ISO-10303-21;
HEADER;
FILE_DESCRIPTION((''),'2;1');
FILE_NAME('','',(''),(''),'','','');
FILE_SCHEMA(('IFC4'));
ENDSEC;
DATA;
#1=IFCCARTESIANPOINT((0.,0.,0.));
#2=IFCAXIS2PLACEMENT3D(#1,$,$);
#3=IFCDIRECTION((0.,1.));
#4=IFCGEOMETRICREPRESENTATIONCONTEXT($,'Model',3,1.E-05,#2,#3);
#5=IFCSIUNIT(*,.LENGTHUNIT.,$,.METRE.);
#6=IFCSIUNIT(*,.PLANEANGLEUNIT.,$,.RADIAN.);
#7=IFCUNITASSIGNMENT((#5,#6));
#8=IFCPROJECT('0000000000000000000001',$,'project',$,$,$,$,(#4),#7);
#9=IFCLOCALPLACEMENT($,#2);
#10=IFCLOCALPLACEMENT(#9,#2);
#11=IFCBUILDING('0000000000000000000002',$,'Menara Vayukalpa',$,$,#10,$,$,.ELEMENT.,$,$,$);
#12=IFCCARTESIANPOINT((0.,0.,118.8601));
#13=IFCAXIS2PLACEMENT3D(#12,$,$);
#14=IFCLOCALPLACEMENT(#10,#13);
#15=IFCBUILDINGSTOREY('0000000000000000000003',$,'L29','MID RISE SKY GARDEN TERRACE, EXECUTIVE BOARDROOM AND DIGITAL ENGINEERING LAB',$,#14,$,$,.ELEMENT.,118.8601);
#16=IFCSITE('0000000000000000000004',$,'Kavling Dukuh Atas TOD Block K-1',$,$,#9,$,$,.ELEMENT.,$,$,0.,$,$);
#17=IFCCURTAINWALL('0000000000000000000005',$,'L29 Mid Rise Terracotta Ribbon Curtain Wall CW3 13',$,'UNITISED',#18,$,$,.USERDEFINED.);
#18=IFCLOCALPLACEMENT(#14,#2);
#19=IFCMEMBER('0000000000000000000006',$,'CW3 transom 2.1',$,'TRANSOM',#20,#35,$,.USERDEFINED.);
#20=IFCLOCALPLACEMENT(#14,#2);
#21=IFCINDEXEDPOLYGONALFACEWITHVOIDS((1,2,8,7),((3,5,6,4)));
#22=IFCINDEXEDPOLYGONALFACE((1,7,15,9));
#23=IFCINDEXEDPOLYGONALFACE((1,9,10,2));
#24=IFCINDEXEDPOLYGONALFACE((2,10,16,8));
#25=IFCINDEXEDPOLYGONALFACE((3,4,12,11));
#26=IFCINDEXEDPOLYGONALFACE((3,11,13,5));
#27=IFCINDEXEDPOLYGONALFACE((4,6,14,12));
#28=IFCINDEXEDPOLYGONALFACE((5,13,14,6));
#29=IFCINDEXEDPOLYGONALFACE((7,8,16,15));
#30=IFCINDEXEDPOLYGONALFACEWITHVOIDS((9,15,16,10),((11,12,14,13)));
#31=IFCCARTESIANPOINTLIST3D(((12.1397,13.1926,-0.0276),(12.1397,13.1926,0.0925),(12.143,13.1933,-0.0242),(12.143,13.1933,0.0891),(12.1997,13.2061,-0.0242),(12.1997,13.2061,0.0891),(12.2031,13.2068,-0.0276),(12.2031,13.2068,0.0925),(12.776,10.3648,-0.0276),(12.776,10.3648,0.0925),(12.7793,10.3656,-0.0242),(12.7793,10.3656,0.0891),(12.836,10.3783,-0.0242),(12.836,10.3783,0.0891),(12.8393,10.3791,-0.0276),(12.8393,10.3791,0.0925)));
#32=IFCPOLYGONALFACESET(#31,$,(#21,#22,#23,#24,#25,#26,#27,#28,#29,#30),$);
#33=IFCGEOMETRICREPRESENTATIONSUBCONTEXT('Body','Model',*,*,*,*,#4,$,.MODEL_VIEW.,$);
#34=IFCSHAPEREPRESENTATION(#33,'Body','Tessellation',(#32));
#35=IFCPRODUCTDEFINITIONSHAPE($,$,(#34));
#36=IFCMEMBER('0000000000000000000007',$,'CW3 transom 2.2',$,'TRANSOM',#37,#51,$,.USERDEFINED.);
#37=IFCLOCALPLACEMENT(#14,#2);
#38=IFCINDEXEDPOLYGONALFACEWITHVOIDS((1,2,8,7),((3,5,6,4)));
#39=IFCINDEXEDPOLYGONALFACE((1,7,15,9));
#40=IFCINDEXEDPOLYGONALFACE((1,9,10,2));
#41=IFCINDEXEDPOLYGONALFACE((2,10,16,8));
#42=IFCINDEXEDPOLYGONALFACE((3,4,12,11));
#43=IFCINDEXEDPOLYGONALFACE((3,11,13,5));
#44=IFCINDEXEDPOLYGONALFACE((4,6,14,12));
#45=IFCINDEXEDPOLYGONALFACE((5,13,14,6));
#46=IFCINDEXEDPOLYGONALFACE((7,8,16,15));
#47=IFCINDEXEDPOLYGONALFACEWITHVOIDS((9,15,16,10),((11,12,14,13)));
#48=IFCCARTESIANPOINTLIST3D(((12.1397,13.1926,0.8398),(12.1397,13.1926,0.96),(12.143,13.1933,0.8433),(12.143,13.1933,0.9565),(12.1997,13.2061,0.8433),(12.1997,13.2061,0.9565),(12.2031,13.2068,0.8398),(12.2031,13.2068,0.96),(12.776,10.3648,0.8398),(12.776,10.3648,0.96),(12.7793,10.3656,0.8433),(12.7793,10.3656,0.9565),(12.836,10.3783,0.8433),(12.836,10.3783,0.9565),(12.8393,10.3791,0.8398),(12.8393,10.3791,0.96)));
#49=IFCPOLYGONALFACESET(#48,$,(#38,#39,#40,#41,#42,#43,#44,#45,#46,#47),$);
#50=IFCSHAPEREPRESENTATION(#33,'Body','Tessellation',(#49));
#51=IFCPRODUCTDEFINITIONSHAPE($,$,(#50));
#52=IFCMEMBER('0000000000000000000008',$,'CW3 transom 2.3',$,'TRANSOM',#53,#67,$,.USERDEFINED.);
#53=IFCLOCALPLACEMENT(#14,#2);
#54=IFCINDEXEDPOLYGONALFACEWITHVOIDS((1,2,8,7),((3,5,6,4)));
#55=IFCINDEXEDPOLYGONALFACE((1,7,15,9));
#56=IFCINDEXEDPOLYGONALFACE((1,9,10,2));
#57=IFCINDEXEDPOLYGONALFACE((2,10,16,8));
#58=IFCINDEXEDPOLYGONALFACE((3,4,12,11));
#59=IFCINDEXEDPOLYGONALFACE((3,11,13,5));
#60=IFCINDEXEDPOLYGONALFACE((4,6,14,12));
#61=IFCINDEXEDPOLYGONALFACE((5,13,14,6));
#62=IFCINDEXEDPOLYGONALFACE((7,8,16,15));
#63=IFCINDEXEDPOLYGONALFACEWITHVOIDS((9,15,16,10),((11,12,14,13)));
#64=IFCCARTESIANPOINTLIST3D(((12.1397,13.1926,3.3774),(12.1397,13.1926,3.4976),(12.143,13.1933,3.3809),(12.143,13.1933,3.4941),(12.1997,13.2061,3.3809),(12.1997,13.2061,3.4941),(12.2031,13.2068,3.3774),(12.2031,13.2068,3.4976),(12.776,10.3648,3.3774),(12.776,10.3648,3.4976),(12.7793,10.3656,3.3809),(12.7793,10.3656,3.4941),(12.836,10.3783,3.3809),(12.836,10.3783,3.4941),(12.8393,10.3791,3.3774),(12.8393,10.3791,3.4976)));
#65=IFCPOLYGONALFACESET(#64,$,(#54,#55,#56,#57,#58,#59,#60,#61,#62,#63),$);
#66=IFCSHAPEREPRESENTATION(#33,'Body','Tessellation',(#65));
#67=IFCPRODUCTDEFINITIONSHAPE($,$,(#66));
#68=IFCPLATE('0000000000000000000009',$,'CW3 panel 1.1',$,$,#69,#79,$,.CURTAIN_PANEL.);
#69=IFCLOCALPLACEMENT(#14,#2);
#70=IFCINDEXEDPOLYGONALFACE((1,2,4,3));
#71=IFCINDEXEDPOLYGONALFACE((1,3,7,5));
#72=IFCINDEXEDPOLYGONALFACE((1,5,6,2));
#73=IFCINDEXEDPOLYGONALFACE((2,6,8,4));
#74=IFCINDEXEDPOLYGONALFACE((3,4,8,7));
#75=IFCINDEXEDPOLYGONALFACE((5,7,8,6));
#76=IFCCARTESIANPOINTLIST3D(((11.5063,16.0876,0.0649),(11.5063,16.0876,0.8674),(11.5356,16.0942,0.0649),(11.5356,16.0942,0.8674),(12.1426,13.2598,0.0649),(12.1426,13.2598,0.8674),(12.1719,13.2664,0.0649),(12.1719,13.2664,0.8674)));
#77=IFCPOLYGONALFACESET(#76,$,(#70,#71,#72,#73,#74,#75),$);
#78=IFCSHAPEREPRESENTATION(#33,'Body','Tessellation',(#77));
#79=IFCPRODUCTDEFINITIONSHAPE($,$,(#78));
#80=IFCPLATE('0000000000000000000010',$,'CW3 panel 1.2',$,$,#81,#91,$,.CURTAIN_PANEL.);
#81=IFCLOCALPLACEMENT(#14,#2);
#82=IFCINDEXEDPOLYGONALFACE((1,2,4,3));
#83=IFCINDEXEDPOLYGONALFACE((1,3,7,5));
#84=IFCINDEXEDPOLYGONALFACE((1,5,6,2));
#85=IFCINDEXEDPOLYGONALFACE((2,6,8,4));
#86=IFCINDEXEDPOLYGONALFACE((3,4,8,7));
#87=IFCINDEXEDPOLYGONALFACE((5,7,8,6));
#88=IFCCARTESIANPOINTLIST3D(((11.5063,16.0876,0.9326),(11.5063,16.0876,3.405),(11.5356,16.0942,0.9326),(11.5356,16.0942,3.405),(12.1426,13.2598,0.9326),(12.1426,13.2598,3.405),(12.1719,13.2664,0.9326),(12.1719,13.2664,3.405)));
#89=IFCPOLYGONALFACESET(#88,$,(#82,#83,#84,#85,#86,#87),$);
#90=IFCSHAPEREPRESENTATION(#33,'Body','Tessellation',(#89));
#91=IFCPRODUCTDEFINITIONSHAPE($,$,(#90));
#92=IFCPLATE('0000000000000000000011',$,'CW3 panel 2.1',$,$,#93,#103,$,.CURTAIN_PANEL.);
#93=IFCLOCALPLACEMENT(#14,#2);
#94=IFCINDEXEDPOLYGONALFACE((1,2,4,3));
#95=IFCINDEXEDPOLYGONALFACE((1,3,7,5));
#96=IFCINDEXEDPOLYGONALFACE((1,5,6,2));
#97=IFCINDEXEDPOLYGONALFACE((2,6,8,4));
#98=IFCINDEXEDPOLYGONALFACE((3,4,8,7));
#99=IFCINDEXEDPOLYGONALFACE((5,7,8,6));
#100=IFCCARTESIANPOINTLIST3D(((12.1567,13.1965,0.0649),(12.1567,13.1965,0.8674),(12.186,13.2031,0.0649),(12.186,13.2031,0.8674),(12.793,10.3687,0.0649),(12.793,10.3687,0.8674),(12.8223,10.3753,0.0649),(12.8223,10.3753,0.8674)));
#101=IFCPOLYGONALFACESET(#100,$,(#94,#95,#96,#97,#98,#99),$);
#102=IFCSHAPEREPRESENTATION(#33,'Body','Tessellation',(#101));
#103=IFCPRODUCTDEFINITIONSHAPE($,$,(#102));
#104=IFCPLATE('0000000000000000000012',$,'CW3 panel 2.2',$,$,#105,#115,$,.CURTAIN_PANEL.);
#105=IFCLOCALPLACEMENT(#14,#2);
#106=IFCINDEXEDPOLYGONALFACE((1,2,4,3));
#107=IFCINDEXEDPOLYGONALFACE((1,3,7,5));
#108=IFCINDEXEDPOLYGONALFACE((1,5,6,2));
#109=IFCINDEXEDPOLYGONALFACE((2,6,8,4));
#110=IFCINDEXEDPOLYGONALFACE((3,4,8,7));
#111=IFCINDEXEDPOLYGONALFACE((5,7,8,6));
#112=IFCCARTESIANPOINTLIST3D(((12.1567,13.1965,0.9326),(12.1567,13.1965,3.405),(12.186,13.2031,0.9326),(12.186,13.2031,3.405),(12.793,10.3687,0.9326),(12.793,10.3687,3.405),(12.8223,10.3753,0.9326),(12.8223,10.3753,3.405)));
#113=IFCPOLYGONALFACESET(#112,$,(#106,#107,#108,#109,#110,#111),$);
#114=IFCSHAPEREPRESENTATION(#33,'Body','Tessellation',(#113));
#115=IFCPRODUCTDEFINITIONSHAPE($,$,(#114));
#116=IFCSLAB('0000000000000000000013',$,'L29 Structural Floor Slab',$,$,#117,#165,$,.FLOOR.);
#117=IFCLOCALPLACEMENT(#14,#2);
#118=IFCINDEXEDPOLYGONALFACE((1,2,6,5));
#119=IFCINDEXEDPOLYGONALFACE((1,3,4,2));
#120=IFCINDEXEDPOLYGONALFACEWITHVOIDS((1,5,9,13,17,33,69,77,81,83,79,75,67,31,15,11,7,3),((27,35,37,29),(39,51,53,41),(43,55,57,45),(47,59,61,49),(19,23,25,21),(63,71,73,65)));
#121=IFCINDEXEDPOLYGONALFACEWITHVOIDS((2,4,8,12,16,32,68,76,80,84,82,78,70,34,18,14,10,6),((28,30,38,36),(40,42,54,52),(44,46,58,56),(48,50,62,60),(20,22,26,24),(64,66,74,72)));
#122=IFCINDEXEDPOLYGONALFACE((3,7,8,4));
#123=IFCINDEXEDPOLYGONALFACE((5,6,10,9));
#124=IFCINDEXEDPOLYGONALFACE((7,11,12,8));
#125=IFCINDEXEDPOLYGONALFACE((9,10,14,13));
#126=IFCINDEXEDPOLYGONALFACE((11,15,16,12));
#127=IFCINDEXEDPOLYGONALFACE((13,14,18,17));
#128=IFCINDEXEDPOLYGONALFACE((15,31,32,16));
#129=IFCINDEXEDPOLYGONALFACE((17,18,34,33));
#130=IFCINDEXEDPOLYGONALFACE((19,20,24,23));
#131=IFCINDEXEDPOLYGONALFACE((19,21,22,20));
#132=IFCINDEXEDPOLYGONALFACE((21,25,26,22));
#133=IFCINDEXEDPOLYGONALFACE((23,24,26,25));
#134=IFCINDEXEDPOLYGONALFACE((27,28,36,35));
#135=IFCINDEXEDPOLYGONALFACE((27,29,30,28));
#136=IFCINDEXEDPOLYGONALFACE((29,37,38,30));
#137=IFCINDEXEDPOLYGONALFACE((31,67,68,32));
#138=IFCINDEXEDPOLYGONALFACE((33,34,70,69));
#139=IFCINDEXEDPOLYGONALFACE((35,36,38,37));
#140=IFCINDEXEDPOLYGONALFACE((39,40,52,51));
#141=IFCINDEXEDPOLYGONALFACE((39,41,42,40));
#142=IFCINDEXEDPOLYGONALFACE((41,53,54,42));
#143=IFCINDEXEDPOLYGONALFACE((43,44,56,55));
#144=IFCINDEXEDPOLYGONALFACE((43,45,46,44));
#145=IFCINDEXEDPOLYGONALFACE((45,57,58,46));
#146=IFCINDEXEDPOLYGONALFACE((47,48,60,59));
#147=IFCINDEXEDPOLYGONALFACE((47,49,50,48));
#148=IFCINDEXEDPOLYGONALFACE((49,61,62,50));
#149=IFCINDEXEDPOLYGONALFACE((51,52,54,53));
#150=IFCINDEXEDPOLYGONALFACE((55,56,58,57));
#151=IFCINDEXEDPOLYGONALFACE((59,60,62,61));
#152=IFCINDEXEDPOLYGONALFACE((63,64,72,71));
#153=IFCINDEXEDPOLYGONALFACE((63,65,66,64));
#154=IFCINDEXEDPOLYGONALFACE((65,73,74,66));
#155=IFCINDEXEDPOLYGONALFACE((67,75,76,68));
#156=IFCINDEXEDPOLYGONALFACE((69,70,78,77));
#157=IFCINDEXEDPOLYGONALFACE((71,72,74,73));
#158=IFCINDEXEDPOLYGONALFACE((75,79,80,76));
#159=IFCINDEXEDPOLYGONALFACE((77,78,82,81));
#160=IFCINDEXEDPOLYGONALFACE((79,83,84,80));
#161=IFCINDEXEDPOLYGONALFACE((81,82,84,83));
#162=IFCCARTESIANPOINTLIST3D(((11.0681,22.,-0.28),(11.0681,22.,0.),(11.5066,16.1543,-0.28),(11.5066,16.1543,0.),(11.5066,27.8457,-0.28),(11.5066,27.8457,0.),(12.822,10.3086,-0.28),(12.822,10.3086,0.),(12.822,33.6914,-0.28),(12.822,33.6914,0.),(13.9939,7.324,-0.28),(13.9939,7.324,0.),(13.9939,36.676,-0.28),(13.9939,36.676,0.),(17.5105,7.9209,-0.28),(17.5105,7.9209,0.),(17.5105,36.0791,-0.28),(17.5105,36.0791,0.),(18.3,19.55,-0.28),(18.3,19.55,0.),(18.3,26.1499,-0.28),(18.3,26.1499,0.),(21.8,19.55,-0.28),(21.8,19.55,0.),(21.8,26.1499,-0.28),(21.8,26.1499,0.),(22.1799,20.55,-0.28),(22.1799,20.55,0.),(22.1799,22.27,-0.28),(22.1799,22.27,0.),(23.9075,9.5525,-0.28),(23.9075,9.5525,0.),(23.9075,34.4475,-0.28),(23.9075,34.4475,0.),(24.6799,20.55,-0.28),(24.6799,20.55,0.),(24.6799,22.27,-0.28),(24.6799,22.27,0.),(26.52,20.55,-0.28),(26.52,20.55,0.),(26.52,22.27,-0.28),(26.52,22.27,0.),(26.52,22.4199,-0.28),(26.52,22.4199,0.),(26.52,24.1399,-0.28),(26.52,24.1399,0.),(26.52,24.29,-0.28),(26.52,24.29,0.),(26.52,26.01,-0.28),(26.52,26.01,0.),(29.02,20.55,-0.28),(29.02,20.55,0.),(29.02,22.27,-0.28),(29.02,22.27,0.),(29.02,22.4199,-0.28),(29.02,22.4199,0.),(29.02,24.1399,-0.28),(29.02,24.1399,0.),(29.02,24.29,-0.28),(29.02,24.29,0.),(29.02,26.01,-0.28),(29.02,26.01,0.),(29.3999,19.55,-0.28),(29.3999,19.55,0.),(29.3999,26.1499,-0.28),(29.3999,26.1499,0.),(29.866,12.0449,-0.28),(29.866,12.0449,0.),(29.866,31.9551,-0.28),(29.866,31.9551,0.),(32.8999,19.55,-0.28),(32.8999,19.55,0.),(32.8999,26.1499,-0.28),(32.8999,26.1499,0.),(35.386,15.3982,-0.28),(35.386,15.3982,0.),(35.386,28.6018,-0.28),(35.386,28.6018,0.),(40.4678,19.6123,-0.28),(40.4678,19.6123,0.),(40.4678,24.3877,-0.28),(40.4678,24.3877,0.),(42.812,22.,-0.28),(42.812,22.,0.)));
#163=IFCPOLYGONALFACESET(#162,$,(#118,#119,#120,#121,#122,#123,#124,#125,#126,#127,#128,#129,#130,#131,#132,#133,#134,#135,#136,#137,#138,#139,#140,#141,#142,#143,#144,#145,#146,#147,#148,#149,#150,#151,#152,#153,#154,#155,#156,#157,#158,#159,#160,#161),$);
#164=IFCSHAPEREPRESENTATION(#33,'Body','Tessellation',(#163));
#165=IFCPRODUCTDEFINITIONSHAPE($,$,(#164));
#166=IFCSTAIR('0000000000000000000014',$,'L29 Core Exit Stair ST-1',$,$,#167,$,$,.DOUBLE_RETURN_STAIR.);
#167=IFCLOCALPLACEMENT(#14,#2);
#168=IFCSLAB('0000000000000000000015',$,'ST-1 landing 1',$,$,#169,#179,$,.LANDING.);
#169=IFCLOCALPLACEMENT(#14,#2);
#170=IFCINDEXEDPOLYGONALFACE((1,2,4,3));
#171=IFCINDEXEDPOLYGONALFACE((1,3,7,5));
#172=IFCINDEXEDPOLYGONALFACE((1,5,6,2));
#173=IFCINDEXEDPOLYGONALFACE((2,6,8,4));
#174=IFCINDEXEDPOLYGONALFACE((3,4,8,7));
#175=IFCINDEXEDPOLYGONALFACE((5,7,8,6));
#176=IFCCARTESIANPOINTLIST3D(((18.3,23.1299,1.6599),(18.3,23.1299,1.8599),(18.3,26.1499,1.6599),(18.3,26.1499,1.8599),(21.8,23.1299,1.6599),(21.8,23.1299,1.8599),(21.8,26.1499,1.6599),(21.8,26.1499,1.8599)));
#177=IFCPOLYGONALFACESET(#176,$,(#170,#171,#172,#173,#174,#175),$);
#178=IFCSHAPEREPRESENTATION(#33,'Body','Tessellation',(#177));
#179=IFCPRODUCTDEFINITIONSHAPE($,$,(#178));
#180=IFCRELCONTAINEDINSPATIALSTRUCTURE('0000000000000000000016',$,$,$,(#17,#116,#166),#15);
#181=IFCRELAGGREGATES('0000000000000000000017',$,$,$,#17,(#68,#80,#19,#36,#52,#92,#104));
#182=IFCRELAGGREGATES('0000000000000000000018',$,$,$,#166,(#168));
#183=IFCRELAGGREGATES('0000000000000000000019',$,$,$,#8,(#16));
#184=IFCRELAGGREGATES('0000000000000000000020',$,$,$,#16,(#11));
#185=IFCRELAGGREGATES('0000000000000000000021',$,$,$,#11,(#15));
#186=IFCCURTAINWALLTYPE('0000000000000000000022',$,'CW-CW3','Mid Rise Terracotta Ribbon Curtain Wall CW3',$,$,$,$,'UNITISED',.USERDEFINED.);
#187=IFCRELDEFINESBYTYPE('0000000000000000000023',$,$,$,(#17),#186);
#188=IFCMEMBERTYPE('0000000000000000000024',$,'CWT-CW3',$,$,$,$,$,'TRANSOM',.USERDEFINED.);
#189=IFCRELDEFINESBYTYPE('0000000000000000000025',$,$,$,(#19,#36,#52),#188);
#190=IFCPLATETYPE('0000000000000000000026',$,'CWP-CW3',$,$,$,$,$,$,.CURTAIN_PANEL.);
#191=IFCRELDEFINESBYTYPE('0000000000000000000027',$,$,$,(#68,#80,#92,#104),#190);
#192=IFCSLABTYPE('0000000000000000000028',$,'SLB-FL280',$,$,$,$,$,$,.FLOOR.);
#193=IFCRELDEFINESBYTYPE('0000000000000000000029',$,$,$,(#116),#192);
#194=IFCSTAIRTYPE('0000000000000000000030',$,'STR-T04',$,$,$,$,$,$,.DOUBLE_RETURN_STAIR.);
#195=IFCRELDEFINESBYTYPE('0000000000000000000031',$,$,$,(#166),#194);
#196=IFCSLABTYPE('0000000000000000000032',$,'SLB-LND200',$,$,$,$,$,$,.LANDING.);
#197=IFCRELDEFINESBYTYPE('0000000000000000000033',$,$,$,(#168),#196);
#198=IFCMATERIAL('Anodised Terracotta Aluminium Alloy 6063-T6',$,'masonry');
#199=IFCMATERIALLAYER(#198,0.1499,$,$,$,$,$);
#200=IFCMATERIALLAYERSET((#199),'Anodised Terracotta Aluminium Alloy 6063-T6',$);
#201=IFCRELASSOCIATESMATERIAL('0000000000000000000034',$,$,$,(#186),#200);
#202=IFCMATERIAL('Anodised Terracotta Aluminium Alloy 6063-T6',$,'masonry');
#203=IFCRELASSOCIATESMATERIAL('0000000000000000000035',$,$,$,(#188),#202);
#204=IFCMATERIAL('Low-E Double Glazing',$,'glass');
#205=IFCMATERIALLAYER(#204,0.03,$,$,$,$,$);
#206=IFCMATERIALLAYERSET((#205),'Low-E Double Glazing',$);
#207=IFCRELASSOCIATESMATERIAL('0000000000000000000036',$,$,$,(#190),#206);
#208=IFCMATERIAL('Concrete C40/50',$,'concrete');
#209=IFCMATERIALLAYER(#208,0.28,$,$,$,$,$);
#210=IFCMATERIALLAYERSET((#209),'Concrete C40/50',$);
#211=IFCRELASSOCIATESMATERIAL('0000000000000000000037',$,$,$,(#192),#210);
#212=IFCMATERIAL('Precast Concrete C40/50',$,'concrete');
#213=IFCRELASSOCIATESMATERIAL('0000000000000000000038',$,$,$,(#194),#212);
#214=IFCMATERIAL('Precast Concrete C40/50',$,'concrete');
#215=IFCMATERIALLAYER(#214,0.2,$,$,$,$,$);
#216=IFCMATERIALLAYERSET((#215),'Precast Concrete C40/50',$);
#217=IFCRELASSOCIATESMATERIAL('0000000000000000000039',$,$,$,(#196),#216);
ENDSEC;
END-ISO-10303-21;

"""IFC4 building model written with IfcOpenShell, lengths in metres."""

from ifc_helpers import new_model, si_unit, direction, frame, origin, origin_2d, place, context, subcontext, project, spatial, polyline, rectangle, hollow_rectangle, outline, extrude, material, layer, layer_set, material_profile, profile_set, type_object, element, aggregate, save


model = new_model("IFC4")

# Units and contexts
model_context = context("Model", 3, precision=1e-05, world=origin(), true_north=direction((0.0, 1.0)))
body_context = subcontext(model_context, "Body", "Model", "MODEL_VIEW")
ifc_project = project(units=[si_unit("LENGTHUNIT", "METRE"), si_unit("PLANEANGLEUNIT", "RADIAN")], contexts=[model_context])

# Site, building, storey
site_placement = place(None, origin())
site = spatial("IfcSite", under=ifc_project, at=site_placement, Name="Kavling Dukuh Atas TOD Block K-1", CompositionType="ELEMENT", RefElevation=0.0)
building_placement = place(site_placement, origin())
building = spatial("IfcBuilding", under=site, at=building_placement, Name="Menara Vayukalpa", CompositionType="ELEMENT")
storey_placement = place(building_placement, frame((0.0, 0.0, 118.8601)))
storey = spatial("IfcBuildingStorey", under=building, at=storey_placement, Name="L29", Description="MID RISE SKY GARDEN TERRACE, EXECUTIVE BOARDROOM AND DIGITAL ENGINEERING LAB", CompositionType="ELEMENT", Elevation=118.8601)

# Curtain wall, members, plates
ifc_material_1 = material(Name="Anodised Terracotta Aluminium Alloy 6063-T6", Category="masonry")
ifc_layer_1 = layer(ifc_material_1, 0.1499)
ifc_layer_set_1 = layer_set([ifc_layer_1], Name="Anodised Terracotta Aluminium Alloy 6063-T6")
curtain_wall_type = type_object("IfcCurtainWallType", Name="CW-CW3", Description="Mid Rise Terracotta Ribbon Curtain Wall CW3", ElementType="UNITISED", PredefinedType="USERDEFINED", material=ifc_layer_set_1)
curtain_wall_placement = place(storey_placement, origin())
curtain_wall = element("IfcCurtainWall", 1, at=curtain_wall_placement, inside=storey, type_object=curtain_wall_type, Name="L29 Mid Rise Terracotta Ribbon Curtain Wall CW3 13", ObjectType="UNITISED", PredefinedType="USERDEFINED")
ifc_material_2 = material(Name="Anodised Terracotta Aluminium Alloy 6063-T6", Category="masonry")
ifc_material_profile_1 = material_profile(ifc_material_2, hollow_rectangle(XDim=0.0649, YDim=0.1201, WallThickness=0.0034, at=origin_2d()), Name="ALU 65x120x3.5")
ifc_profile_set_1 = profile_set([ifc_material_profile_1], Name="Anodised Terracotta Aluminium Alloy 6063-T6")
member_type_1 = type_object("IfcMemberType", Name="CWT-CW3", ElementType="TRANSOM", PredefinedType="USERDEFINED", material=ifc_profile_set_1)
member_1_placement = place(storey_placement, frame((12.1714, 13.1997, 0.0325), z_axis=(0.219516, -0.975609, 0.0), x_axis=(0.975609, 0.219516, 0.0)))
member_1 = element("IfcMember", 2, at=member_1_placement, type_object=member_type_1, Name="CW3 transom 2.1", ObjectType="TRANSOM", PredefinedType="USERDEFINED", context=body_context, shape_type="SweptSolid", body=[
    extrude(hollow_rectangle(XDim=0.0649, YDim=0.1201, WallThickness=0.0034, at=origin_2d()), origin(), (0.0, 0.0, 1.0), 2.8984),
])
member_2_placement = place(storey_placement, frame((12.1714, 13.1997, 0.8999), z_axis=(0.219516, -0.975609, 0.0), x_axis=(0.975609, 0.219516, 0.0)))
member_2 = element("IfcMember", 3, at=member_2_placement, type_object=member_type_1, Name="CW3 transom 2.2", ObjectType="TRANSOM", PredefinedType="USERDEFINED", context=body_context, shape_type="SweptSolid", body=[
    extrude(hollow_rectangle(XDim=0.0649, YDim=0.1201, WallThickness=0.0034, at=origin_2d()), origin(), (0.0, 0.0, 1.0), 2.8984),
])
member_3_placement = place(storey_placement, frame((12.1714, 13.1997, 3.4375), z_axis=(0.219516, -0.975609, 0.0), x_axis=(0.975609, 0.219516, 0.0)))
member_3 = element("IfcMember", 4, at=member_3_placement, type_object=member_type_1, Name="CW3 transom 2.3", ObjectType="TRANSOM", PredefinedType="USERDEFINED", context=body_context, shape_type="SweptSolid", body=[
    extrude(hollow_rectangle(XDim=0.0649, YDim=0.1201, WallThickness=0.0034, at=origin_2d()), origin(), (0.0, 0.0, 1.0), 2.8984),
])
ifc_material_3 = material(Name="Low-E Double Glazing", Category="glass")
ifc_layer_2 = layer(ifc_material_3, 0.03)
ifc_layer_set_2 = layer_set([ifc_layer_2], Name="Low-E Double Glazing")
plate_type = type_object("IfcPlateType", Name="CWP-CW3", PredefinedType="CURTAIN_PANEL", material=ifc_layer_set_2)
plate_1_placement = place(storey_placement, frame((11.8391, 14.677, 0.0649), z_axis=(0.0, 0.0, 1.0), x_axis=(0.219515, -0.975609, 0.0)))
plate_1 = element("IfcPlate", 5, at=plate_1_placement, type_object=plate_type, Name="CW3 panel 1.1", PredefinedType="CURTAIN_PANEL", context=body_context, shape_type="SweptSolid", body=[
    extrude(rectangle(XDim=2.8984, YDim=0.03, at=origin_2d()), origin(), (0.0, 0.0, 1.0), 0.8025),
])
plate_2_placement = place(storey_placement, frame((11.8391, 14.677, 0.9326), z_axis=(0.0, 0.0, 1.0), x_axis=(0.219515, -0.975609, 0.0)))
plate_2 = element("IfcPlate", 6, at=plate_2_placement, type_object=plate_type, Name="CW3 panel 1.2", PredefinedType="CURTAIN_PANEL", context=body_context, shape_type="SweptSolid", body=[
    extrude(rectangle(XDim=2.8984, YDim=0.03, at=origin_2d()), origin(), (0.0, 0.0, 1.0), 2.4724),
])
plate_3_placement = place(storey_placement, frame((12.4895, 11.7859, 0.0649), z_axis=(0.0, 0.0, 1.0), x_axis=(0.219515, -0.975609, 0.0)))
plate_3 = element("IfcPlate", 7, at=plate_3_placement, type_object=plate_type, Name="CW3 panel 2.1", PredefinedType="CURTAIN_PANEL", context=body_context, shape_type="SweptSolid", body=[
    extrude(rectangle(XDim=2.8984, YDim=0.03, at=origin_2d()), origin(), (0.0, 0.0, 1.0), 0.8025),
])
plate_4_placement = place(storey_placement, frame((12.4895, 11.7859, 0.9326), z_axis=(0.0, 0.0, 1.0), x_axis=(0.219515, -0.975609, 0.0)))
plate_4 = element("IfcPlate", 8, at=plate_4_placement, type_object=plate_type, Name="CW3 panel 2.2", PredefinedType="CURTAIN_PANEL", context=body_context, shape_type="SweptSolid", body=[
    extrude(rectangle(XDim=2.8984, YDim=0.03, at=origin_2d()), origin(), (0.0, 0.0, 1.0), 2.4724),
])
aggregate(curtain_wall, [plate_1, plate_2, member_1, member_2, member_3, plate_3, plate_4])

# Slab
ifc_material_4 = material(Name="Concrete C40/50", Category="concrete")
ifc_layer_3 = layer(ifc_material_4, 0.28)
ifc_layer_set_3 = layer_set([ifc_layer_3], Name="Concrete C40/50")
slab_type_1 = type_object("IfcSlabType", Name="SLB-FL280", PredefinedType="FLOOR", material=ifc_layer_set_3)
slab_1_placement = place(storey_placement, frame((0.0, 0.0, -0.28)))
element("IfcSlab", 9, at=slab_1_placement, inside=storey, type_object=slab_type_1, Name="L29 Structural Floor Slab", PredefinedType="FLOOR", context=body_context, shape_type="SweptSolid", body=[
    extrude(outline(polyline([(40.4678, 19.6123), (42.812, 22.0), (40.4678, 24.3877), (35.386, 28.6018), (29.866, 31.9551), (23.9075, 34.4475), (17.5105, 36.0791), (13.9939, 36.676), (12.822, 33.6914), (11.5066, 27.8457), (11.0681, 22.0), (11.5066, 16.1543), (12.822, 10.3086), (13.9939, 7.324), (17.5105, 7.9209), (23.9075, 9.5525), (29.866, 12.0449), (35.386, 15.3982), (40.4678, 19.6123)]), holes=[polyline([(21.8, 19.55), (21.8, 26.1499), (18.3, 26.1499), (18.3, 19.55), (21.8, 19.55)]), polyline([(32.8999, 19.55), (32.8999, 26.1499), (29.3999, 26.1499), (29.3999, 19.55), (32.8999, 19.55)]), polyline([(22.1799, 20.55), (24.6799, 20.55), (24.6799, 22.27), (22.1799, 22.27), (22.1799, 20.55)]), polyline([(26.52, 20.55), (29.02, 20.55), (29.02, 22.27), (26.52, 22.27), (26.52, 20.55)]), polyline([(26.52, 24.29), (29.02, 24.29), (29.02, 26.01), (26.52, 26.01), (26.52, 24.29)]), polyline([(26.52, 22.4199), (29.02, 22.4199), (29.02, 24.1399), (26.52, 24.1399), (26.52, 22.4199)])]), origin(), (0.0, 0.0, 1.0), 0.28),
])

# Stair, slab
ifc_material_5 = material(Name="Precast Concrete C40/50", Category="concrete")
stair_type = type_object("IfcStairType", Name="STR-T04", PredefinedType="DOUBLE_RETURN_STAIR", material=ifc_material_5)
stair_1_placement = place(storey_placement, origin())
stair_1 = element("IfcStair", 10, at=stair_1_placement, inside=storey, type_object=stair_type, Name="L29 Core Exit Stair ST-1", PredefinedType="DOUBLE_RETURN_STAIR")
ifc_material_6 = material(Name="Precast Concrete C40/50", Category="concrete")
ifc_layer_4 = layer(ifc_material_6, 0.2)
ifc_layer_set_4 = layer_set([ifc_layer_4], Name="Precast Concrete C40/50")
slab_type_2 = type_object("IfcSlabType", Name="SLB-LND200", PredefinedType="LANDING", material=ifc_layer_set_4)
slab_2_placement = place(storey_placement, frame((0.0, 0.0, 1.6599)))
slab_2 = element("IfcSlab", 11, at=slab_2_placement, type_object=slab_type_2, Name="ST-1 landing 1", PredefinedType="LANDING", context=body_context, shape_type="SweptSolid", body=[
    extrude(outline(polyline([(21.8, 23.1299), (21.8, 26.1499), (18.3, 26.1499), (18.3, 23.1299), (21.8, 23.1299)])), origin(), (0.0, 0.0, 1.0), 0.2),
])
aggregate(stair_1, [slab_2])

save(model, "model.ifc")
